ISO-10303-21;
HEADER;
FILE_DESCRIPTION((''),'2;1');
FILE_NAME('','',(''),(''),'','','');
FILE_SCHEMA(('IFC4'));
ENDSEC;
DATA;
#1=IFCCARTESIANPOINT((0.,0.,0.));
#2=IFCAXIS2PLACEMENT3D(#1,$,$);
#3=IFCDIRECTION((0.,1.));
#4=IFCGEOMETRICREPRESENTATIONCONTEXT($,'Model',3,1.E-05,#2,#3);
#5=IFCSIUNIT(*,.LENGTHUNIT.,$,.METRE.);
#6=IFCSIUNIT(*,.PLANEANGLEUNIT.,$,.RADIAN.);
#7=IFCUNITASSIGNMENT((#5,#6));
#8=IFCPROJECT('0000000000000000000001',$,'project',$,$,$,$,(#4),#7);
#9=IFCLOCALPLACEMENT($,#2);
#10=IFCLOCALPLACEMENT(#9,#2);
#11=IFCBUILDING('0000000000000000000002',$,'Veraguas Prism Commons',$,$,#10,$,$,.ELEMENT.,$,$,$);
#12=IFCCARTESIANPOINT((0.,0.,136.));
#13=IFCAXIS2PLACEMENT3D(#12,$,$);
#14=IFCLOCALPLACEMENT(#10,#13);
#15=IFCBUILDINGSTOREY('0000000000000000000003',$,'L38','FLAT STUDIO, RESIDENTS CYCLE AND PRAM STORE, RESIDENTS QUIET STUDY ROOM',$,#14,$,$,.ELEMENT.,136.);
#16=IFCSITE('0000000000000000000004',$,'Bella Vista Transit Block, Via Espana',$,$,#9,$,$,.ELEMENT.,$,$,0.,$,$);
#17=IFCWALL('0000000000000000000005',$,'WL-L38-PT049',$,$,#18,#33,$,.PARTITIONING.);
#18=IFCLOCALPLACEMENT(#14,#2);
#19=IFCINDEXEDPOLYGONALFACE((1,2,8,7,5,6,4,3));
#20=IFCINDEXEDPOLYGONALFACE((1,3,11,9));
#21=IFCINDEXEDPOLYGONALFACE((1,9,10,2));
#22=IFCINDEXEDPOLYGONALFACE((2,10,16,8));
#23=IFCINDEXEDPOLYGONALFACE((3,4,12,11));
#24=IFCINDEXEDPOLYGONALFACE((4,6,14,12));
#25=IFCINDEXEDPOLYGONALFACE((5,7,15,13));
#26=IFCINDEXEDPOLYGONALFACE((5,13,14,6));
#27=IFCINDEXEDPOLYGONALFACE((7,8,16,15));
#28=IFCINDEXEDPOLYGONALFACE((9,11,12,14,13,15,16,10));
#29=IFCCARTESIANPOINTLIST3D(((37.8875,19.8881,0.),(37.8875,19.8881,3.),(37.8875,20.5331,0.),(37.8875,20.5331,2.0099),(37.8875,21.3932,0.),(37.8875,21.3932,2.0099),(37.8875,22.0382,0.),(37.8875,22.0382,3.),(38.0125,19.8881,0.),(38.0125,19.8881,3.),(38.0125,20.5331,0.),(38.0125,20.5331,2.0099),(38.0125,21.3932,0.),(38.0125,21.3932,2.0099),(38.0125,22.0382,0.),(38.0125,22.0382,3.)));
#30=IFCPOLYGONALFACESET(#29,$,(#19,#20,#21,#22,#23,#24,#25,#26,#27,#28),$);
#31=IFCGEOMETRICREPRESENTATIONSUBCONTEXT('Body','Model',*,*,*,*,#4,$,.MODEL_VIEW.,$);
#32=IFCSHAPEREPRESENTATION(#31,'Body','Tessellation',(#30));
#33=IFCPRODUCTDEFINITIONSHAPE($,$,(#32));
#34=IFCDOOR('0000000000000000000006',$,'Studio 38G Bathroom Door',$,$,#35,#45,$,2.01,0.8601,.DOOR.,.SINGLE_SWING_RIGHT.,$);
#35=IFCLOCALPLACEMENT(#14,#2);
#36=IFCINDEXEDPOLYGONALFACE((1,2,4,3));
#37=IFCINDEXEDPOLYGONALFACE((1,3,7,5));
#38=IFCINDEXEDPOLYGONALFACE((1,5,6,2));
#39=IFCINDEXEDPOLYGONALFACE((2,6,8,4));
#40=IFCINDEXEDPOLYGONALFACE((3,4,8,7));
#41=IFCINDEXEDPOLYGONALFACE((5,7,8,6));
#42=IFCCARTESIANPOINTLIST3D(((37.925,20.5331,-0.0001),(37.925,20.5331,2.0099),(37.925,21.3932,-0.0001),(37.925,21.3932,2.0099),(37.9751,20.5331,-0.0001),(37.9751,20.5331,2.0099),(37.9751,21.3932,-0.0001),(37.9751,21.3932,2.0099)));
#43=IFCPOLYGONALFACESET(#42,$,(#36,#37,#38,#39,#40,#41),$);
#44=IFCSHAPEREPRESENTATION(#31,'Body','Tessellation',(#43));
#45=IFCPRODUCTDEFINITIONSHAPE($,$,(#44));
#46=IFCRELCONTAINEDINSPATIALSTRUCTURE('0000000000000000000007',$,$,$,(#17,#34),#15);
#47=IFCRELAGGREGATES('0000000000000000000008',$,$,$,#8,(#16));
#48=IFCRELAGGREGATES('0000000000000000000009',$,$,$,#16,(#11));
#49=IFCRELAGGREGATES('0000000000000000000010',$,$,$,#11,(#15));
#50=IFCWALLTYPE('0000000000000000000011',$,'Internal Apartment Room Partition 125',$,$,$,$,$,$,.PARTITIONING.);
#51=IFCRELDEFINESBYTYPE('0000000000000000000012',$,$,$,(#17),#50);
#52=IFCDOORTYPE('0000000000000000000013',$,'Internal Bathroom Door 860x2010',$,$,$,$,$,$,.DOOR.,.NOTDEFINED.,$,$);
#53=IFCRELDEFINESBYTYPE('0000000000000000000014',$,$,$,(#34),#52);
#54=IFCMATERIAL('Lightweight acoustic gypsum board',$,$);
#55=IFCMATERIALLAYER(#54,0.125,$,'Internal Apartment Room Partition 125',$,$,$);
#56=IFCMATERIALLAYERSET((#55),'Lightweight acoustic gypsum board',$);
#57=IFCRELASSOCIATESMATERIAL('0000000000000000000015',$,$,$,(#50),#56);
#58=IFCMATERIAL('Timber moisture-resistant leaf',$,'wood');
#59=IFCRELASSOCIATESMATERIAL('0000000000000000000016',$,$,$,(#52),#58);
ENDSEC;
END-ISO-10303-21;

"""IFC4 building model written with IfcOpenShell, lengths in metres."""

from ifc_helpers import new_model, si_unit, direction, frame, frame_2d, origin, place, context, subcontext, project, spatial, rectangle, extrude, source, transform, mapped, material, layer, layer_set, type_object, element, fill, save


model = new_model("IFC4")

# Units and contexts
model_context = context("Model", 3, precision=1e-05, world=origin(), true_north=direction((0.0, 1.0)))
body_context = subcontext(model_context, "Body", "Model", "MODEL_VIEW")
ifc_project = project(units=[si_unit("LENGTHUNIT", "METRE"), si_unit("PLANEANGLEUNIT", "RADIAN")], contexts=[model_context])

# Site, building, storey
site_placement = place(None, origin())
site = spatial("IfcSite", under=ifc_project, at=site_placement, Name="Bella Vista Transit Block, Via Espana", CompositionType="ELEMENT", RefElevation=0.0)
building_placement = place(site_placement, origin())
building = spatial("IfcBuilding", under=site, at=building_placement, Name="Veraguas Prism Commons", CompositionType="ELEMENT")
storey_placement = place(building_placement, frame((0.0, 0.0, 136.0)))
storey = spatial("IfcBuildingStorey", under=building, at=storey_placement, Name="L38", Description="FLAT STUDIO, RESIDENTS CYCLE AND PRAM STORE, RESIDENTS QUIET STUDY ROOM", CompositionType="ELEMENT", Elevation=136.0)

# Wall, opening, door
ifc_material_1 = material(Name="Lightweight acoustic gypsum board")
ifc_layer_1 = layer(ifc_material_1, 0.125, Name="Internal Apartment Room Partition 125")
ifc_layer_set_1 = layer_set([ifc_layer_1], Name="Lightweight acoustic gypsum board")
wall_type_1 = type_object("IfcWallType", Name="Internal Apartment Room Partition 125", PredefinedType="PARTITIONING", material=ifc_layer_set_1)
wall_1_placement = place(storey_placement, frame((37.95, 19.8879, 0.0), z_axis=(0.0, 0.0, 1.0), x_axis=(0.0, 1.0, 0.0)))
wall_1 = element("IfcWall", 1, at=wall_1_placement, inside=storey, type_object=wall_type_1, Name="WL-L38-PT049", PredefinedType="PARTITIONING", context=body_context, shape_type="SweptSolid", body=[
    extrude(rectangle(XDim=2.1501, YDim=0.125, at=frame_2d((1.0752, 0.0))), origin(), (0.0, 0.0, 1.0), 3.0),
])
opening_1_placement = place(wall_1_placement, frame((0.645, 0.0, 0.0)))
opening_1 = element("IfcOpeningElement", 2, at=opening_1_placement, cuts=wall_1, PredefinedType="OPENING", context=body_context, shape_type="SweptSolid", body=[
    extrude(rectangle(XDim=0.8601, YDim=2.01, at=frame_2d((0.4302, 1.0049))), frame((0.0, 0.0725, 0.0), z_axis=(0.0, -1.0, 0.0), x_axis=(1.0, 0.0, 0.0)), (0.0, 0.0, 1.0), 0.145),
])
ifc_material_2 = material(Name="Timber moisture-resistant leaf", Category="wood")
door_type_1 = type_object("IfcDoorType", Name="Internal Bathroom Door 860x2010", OperationType="NOTDEFINED", PredefinedType="DOOR", material=ifc_material_2)
shared_shape_1 = source(origin(), body_context, "Body", "SweptSolid", [
    extrude(rectangle(XDim=0.8601, YDim=2.01, at=frame_2d((0.4302, 1.0049))), frame((0.0, 0.0249, 0.0), z_axis=(0.0, -1.0, 0.0), x_axis=(1.0, 0.0, 0.0)), (0.0, 0.0, 1.0), 0.05),
])
door_1_placement = place(opening_1_placement, origin())
door_1 = element("IfcDoor", 3, at=door_1_placement, inside=storey, type_object=door_type_1, Name="Studio 38G Bathroom Door", OperationType="SINGLE_SWING_RIGHT", OverallHeight=2.01, OverallWidth=0.8601, PredefinedType="DOOR", context=body_context, shape_type="MappedRepresentation", body=[
    mapped(shared_shape_1, transform((0.0, 0.0, 0.0), scale=1.0)),
])
fill(opening_1, door_1)

save(model, "model.ifc")
